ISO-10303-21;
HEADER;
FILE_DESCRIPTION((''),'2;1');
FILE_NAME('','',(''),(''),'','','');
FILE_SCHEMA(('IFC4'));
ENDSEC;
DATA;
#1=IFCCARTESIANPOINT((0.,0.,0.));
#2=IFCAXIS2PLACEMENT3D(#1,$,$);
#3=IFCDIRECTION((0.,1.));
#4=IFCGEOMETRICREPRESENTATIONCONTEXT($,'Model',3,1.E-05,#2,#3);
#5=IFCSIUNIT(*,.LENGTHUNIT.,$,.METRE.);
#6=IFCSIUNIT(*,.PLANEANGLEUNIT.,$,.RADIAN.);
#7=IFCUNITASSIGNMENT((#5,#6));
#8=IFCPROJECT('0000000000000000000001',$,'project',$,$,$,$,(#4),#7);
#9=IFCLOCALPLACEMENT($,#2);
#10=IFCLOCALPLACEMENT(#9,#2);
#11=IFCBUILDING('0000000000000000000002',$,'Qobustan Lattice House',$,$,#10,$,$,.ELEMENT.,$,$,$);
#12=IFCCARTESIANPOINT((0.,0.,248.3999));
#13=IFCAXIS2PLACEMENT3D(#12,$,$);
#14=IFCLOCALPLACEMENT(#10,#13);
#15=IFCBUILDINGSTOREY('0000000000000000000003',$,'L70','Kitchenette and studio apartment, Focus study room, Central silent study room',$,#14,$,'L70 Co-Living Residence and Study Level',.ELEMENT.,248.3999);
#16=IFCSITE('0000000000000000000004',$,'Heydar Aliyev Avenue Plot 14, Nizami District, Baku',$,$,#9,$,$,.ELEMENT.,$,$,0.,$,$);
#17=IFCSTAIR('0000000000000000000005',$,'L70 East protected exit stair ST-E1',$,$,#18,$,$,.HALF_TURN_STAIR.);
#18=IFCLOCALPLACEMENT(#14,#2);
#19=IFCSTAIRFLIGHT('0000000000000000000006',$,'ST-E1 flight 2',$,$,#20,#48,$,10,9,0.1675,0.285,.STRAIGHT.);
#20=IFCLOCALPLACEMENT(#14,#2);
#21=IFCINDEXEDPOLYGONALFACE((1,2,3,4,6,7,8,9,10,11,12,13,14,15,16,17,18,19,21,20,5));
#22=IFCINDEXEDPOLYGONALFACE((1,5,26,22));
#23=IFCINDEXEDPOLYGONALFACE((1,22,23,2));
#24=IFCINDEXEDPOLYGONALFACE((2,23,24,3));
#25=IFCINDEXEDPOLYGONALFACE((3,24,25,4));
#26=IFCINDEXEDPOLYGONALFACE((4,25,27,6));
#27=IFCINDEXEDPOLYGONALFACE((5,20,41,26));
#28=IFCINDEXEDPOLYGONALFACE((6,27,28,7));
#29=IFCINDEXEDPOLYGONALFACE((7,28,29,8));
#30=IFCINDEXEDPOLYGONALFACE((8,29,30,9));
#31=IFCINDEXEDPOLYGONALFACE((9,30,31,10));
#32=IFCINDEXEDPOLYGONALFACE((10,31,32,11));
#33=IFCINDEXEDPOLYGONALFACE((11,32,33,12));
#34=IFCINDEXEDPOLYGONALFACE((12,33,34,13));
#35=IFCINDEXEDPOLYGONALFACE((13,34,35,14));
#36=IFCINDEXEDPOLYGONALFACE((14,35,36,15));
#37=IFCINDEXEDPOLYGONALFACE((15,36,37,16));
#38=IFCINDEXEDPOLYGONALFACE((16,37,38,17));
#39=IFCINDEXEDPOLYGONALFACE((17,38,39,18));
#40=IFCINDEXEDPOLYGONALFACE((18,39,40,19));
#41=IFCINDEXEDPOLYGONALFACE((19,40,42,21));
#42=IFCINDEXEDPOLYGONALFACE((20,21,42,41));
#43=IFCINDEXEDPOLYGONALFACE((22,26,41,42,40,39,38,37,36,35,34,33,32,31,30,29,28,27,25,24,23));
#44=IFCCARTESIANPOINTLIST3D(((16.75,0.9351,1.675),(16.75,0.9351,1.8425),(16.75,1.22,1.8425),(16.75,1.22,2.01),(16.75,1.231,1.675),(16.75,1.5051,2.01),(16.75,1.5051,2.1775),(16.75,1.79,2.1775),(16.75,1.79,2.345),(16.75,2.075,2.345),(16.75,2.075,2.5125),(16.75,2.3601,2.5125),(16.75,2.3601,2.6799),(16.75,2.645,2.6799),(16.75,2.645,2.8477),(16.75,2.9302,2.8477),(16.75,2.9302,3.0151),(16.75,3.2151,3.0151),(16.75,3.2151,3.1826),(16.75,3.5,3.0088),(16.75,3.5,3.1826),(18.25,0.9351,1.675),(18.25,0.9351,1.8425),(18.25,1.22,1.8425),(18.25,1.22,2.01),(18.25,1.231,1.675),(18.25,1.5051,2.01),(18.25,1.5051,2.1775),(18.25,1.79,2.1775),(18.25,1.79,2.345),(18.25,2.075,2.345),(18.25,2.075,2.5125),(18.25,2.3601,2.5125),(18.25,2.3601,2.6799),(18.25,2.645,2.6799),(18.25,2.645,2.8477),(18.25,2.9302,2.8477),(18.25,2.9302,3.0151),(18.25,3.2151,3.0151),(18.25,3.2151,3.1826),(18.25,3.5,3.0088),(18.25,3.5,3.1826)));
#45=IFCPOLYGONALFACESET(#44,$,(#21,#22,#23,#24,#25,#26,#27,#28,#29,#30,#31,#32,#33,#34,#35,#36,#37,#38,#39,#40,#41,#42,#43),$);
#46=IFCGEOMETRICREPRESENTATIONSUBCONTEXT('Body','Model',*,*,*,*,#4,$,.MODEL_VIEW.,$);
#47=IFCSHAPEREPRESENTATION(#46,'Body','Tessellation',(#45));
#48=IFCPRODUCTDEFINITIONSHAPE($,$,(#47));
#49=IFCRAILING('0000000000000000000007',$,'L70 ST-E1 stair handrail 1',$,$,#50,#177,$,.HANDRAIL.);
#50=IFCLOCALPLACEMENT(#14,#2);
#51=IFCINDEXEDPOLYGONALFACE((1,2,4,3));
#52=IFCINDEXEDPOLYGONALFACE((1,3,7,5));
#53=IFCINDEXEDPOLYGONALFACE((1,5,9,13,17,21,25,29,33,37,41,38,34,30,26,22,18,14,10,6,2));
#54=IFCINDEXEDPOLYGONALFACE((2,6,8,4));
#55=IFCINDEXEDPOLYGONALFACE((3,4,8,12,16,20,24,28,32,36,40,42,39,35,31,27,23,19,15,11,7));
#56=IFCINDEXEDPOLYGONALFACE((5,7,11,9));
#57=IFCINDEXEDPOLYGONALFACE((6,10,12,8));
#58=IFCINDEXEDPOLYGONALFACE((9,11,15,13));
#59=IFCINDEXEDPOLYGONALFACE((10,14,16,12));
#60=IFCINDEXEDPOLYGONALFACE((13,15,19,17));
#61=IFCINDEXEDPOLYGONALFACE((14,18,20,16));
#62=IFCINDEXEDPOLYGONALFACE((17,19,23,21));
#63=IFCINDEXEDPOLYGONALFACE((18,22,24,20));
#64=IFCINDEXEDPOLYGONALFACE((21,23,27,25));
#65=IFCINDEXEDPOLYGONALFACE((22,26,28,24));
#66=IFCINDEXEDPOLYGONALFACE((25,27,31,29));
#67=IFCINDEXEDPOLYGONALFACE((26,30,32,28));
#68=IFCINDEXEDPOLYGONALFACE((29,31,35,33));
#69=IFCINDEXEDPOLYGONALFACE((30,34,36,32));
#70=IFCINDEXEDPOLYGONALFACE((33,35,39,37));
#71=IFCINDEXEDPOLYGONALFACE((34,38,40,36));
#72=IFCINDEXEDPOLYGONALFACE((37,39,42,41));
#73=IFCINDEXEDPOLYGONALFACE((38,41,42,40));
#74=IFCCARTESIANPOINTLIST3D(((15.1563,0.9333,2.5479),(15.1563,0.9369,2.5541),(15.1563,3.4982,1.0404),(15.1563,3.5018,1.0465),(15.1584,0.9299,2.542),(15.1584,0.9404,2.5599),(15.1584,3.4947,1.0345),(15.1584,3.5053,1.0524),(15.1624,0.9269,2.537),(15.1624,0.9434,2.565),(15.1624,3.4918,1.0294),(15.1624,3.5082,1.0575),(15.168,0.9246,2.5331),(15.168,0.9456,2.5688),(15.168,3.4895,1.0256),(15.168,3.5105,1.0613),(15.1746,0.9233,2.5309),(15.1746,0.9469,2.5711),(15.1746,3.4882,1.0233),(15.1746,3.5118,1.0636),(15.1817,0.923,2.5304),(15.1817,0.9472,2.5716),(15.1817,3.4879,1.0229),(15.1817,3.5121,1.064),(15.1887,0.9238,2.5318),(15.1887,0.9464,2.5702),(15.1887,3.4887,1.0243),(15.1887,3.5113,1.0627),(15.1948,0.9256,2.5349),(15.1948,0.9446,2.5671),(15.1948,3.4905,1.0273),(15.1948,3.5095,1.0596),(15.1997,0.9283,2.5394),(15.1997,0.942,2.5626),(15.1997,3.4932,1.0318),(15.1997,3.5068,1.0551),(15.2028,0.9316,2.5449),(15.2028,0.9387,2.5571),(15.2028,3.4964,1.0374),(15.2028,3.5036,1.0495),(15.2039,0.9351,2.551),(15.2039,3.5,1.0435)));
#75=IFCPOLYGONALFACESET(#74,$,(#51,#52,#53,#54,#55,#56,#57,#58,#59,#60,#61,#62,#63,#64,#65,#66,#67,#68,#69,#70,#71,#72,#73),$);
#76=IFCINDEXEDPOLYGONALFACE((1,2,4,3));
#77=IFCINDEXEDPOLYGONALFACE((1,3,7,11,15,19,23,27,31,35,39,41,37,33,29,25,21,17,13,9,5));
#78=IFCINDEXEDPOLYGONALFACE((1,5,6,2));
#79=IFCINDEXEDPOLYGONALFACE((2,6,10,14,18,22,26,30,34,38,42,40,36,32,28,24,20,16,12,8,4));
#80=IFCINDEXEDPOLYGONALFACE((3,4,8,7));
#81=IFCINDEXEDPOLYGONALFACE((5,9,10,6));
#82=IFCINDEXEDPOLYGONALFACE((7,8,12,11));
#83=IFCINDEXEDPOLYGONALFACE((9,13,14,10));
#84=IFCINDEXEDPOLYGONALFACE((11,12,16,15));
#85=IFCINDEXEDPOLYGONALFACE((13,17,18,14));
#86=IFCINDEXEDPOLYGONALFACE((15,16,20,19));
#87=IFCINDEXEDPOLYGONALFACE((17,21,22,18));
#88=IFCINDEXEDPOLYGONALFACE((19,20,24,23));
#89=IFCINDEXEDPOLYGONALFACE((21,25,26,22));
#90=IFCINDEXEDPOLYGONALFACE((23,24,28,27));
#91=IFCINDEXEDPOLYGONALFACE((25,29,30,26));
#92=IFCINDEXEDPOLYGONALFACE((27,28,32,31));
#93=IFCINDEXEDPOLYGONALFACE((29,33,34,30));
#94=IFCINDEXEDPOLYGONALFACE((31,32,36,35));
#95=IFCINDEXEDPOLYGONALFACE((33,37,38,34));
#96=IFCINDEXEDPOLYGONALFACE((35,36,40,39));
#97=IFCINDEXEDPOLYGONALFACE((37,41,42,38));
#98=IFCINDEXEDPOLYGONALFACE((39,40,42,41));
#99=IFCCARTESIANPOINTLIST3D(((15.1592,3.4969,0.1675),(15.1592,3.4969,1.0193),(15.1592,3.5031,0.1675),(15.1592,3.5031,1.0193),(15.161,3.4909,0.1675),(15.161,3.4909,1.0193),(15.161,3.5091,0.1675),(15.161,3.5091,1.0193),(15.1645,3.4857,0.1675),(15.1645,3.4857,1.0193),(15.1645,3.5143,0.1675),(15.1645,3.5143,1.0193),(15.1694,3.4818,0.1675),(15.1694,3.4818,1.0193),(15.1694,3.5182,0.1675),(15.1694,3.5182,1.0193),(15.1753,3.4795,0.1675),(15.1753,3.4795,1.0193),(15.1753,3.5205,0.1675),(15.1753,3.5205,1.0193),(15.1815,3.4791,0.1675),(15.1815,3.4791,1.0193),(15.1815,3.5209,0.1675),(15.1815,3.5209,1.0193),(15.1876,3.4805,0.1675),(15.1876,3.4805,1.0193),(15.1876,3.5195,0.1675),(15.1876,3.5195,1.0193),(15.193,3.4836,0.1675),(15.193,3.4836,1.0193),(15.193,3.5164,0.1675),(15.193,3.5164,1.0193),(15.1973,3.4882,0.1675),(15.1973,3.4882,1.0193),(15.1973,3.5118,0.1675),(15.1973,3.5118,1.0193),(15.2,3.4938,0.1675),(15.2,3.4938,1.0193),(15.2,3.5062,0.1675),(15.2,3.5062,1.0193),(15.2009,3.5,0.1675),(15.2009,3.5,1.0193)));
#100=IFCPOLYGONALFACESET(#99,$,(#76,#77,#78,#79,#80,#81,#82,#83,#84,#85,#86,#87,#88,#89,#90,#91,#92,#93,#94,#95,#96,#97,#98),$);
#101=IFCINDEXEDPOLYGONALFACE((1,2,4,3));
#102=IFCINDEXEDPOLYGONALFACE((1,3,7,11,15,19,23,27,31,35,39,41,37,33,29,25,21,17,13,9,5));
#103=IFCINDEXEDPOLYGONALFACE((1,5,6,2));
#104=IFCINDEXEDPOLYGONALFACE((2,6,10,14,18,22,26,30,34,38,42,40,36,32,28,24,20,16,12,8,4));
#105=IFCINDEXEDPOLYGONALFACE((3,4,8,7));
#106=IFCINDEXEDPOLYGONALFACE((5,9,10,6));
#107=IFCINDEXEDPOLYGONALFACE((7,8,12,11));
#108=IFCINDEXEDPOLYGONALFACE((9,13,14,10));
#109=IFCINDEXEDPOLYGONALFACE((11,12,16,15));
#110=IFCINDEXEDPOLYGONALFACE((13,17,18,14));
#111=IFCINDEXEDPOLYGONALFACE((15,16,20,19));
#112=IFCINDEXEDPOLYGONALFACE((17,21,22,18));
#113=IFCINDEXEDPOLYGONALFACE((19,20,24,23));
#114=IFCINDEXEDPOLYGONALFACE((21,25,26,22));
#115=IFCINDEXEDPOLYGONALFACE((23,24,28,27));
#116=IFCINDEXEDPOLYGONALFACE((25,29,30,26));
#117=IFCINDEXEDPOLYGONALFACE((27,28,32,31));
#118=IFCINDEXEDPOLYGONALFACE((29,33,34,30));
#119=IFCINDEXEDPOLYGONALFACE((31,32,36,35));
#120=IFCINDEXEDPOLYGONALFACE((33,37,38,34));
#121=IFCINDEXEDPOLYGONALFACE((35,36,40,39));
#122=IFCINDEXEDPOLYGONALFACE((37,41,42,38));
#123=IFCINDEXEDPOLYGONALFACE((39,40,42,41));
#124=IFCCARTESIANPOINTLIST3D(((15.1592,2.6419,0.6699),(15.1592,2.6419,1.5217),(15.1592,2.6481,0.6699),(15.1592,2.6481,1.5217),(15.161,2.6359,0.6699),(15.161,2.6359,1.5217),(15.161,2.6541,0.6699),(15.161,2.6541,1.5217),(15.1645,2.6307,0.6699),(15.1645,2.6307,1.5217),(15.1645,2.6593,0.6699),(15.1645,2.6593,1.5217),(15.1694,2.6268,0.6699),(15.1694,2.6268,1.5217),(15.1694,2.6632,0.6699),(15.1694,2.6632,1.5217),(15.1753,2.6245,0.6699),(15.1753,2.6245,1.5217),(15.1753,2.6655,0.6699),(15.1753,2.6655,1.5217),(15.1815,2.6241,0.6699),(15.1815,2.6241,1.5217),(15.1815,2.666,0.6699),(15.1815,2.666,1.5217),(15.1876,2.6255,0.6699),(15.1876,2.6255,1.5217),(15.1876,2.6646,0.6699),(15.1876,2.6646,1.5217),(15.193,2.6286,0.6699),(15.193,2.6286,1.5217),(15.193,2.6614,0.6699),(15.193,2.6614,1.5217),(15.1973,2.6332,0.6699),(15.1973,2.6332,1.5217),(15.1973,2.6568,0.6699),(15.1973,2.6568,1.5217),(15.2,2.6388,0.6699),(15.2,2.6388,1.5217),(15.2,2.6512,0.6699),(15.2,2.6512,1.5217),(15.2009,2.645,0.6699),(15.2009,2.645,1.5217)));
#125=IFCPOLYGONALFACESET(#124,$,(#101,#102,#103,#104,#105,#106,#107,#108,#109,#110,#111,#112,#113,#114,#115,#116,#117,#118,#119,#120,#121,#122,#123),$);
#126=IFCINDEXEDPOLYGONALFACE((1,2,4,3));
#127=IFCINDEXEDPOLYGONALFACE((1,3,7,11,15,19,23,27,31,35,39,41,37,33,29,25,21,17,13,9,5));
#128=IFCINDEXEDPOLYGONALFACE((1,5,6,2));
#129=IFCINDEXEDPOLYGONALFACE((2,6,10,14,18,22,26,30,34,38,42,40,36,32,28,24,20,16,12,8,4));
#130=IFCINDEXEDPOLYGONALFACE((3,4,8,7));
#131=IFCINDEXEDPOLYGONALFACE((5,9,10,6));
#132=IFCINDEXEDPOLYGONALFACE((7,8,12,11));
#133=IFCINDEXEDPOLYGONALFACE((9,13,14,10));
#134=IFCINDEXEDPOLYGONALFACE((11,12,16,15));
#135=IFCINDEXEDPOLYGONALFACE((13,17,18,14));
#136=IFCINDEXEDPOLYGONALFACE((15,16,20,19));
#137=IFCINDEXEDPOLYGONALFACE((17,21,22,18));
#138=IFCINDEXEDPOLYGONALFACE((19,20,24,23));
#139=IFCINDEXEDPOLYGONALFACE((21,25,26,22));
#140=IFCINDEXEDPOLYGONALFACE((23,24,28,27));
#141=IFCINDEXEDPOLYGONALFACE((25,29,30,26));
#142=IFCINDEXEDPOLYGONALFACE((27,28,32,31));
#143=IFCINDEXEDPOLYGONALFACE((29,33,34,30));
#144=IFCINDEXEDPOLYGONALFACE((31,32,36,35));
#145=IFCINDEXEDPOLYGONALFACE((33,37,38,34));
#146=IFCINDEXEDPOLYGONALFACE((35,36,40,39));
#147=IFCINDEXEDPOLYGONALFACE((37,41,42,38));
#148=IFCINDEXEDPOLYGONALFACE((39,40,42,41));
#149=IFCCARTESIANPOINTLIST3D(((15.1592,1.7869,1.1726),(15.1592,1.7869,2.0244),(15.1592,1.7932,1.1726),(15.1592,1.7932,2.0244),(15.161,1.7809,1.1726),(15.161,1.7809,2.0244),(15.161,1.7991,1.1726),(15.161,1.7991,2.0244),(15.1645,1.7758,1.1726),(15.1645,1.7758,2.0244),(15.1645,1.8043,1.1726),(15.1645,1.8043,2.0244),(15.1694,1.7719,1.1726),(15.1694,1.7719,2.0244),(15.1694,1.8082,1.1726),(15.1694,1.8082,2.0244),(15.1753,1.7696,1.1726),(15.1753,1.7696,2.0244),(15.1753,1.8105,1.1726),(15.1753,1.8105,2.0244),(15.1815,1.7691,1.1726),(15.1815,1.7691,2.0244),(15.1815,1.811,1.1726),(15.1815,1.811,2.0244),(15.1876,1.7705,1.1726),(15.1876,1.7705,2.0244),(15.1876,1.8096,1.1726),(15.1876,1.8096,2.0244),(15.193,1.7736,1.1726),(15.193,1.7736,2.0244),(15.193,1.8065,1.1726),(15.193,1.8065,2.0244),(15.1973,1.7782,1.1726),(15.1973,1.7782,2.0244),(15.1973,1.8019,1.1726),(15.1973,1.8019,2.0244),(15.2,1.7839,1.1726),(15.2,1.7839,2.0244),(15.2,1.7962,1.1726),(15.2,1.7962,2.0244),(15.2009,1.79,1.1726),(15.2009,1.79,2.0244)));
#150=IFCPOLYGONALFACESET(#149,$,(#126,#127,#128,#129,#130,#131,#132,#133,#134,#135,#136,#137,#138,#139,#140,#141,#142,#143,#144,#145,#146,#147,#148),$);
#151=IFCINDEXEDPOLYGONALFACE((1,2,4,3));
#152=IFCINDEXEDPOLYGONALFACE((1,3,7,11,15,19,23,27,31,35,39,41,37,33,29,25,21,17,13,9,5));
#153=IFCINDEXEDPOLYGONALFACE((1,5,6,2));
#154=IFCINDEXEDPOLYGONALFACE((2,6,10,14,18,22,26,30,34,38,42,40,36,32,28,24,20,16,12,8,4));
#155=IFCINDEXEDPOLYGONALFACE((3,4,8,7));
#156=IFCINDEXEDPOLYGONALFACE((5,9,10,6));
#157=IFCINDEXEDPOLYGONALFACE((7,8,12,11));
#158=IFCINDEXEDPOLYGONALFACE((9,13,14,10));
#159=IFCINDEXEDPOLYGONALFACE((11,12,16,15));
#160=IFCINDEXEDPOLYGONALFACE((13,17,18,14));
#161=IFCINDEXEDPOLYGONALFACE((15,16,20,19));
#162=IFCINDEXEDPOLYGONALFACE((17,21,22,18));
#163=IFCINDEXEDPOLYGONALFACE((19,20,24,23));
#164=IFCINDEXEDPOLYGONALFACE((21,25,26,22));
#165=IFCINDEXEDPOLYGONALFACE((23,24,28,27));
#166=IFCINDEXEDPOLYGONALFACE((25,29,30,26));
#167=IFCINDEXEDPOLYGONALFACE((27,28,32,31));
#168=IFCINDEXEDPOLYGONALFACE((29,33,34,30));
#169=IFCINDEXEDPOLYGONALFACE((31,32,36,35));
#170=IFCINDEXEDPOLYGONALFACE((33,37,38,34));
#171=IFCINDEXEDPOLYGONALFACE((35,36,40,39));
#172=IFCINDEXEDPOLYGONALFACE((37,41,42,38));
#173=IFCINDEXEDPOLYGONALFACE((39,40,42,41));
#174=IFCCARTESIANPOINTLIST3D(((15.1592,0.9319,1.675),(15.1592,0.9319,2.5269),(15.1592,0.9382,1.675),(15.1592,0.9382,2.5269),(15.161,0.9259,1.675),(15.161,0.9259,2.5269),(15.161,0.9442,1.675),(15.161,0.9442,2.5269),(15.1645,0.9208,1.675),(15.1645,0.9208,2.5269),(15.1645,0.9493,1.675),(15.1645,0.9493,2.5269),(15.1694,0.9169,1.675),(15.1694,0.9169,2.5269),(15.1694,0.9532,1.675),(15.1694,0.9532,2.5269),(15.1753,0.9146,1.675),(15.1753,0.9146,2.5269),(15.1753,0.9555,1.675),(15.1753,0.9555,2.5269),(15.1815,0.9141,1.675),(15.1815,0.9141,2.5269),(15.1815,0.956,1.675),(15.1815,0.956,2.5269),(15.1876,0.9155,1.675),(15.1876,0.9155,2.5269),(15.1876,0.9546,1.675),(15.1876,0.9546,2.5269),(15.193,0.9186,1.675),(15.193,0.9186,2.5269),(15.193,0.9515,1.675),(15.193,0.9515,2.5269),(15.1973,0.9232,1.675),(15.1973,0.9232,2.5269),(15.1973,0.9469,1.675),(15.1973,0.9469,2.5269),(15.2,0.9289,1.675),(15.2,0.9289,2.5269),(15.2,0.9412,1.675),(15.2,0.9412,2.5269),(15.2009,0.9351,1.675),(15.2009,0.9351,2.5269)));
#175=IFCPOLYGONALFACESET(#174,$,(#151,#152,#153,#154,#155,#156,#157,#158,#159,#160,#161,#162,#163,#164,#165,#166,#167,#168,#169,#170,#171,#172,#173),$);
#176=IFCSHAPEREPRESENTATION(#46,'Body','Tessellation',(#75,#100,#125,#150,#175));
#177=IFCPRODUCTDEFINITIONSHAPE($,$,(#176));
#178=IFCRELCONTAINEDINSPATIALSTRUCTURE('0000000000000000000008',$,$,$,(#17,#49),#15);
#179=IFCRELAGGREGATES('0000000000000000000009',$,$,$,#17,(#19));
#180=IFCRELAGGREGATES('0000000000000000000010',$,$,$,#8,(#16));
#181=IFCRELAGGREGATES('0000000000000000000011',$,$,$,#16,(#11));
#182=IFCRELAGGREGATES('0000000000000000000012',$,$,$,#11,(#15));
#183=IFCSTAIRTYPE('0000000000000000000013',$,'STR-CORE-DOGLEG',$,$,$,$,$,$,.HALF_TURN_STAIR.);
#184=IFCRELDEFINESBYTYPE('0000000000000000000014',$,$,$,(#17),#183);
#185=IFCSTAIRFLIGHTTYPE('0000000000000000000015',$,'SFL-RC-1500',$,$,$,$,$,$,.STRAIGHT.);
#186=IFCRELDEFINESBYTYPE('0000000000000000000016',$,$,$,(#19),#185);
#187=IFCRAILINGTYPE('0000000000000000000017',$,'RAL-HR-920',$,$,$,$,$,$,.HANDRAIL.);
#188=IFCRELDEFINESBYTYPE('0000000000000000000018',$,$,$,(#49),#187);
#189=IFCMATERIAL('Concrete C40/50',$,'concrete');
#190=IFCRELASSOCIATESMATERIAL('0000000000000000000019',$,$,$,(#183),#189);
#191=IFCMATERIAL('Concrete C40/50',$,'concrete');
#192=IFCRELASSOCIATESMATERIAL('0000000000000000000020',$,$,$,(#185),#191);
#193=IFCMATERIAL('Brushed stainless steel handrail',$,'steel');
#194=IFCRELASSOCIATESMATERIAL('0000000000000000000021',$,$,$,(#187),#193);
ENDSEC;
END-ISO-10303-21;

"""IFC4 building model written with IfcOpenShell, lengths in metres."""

from ifc_helpers import new_model, si_unit, direction, frame, origin, origin_2d, place, context, subcontext, project, spatial, polyline, circle, outline, extrude, material, type_object, element, aggregate, save


model = new_model("IFC4")

# Units and contexts
model_context = context("Model", 3, precision=1e-05, world=origin(), true_north=direction((0.0, 1.0)))
body_context = subcontext(model_context, "Body", "Model", "MODEL_VIEW")
ifc_project = project(units=[si_unit("LENGTHUNIT", "METRE"), si_unit("PLANEANGLEUNIT", "RADIAN")], contexts=[model_context])

# Site, building, storey
site_placement = place(None, origin())
site = spatial("IfcSite", under=ifc_project, at=site_placement, Name="Heydar Aliyev Avenue Plot 14, Nizami District, Baku", CompositionType="ELEMENT", RefElevation=0.0)
building_placement = place(site_placement, origin())
building = spatial("IfcBuilding", under=site, at=building_placement, Name="Qobustan Lattice House", CompositionType="ELEMENT")
storey_placement = place(building_placement, frame((0.0, 0.0, 248.3999)))
storey = spatial("IfcBuildingStorey", under=building, at=storey_placement, Name="L70", Description="Kitchenette and studio apartment, Focus study room, Central silent study room", LongName="L70 Co-Living Residence and Study Level", CompositionType="ELEMENT", Elevation=248.3999)

# Stair, stair flight
ifc_material_1 = material(Name="Concrete C40/50", Category="concrete")
stair_type = type_object("IfcStairType", Name="STR-CORE-DOGLEG", PredefinedType="HALF_TURN_STAIR", material=ifc_material_1)
stair_placement = place(storey_placement, origin())
stair = element("IfcStair", 1, at=stair_placement, inside=storey, type_object=stair_type, Name="L70 East protected exit stair ST-E1", PredefinedType="HALF_TURN_STAIR")
ifc_material_2 = material(Name="Concrete C40/50", Category="concrete")
stair_flight_type = type_object("IfcStairFlightType", Name="SFL-RC-1500", PredefinedType="STRAIGHT", material=ifc_material_2)
stair_flight_1_placement = place(storey_placement, frame((17.5, 0.9351, 1.675), z_axis=(0.0, 0.0, 1.0), x_axis=(0.0, 1.0, 0.0)))
stair_flight_1 = element("IfcStairFlight", 2, at=stair_flight_1_placement, type_object=stair_flight_type, Name="ST-E1 flight 2", NumberOfRisers=10, NumberOfTreads=9, PredefinedType="STRAIGHT", RiserHeight=0.1675, TreadLength=0.285, context=body_context, shape_type="SweptSolid", body=[
    extrude(outline(polyline([(0.0, 0.0), (0.0, 0.1675), (0.2849, 0.1675), (0.2849, 0.335), (0.5701, 0.335), (0.5701, 0.5024), (0.855, 0.5024), (0.855, 0.6699), (1.1399, 0.6699), (1.1399, 0.8374), (1.425, 0.8374), (1.425, 1.0049), (1.71, 1.0049), (1.71, 1.1726), (1.9951, 1.1726), (1.9951, 1.3401), (2.28, 1.3401), (2.28, 1.5076), (2.5649, 1.5076), (2.5649, 1.675), (2.5649, 1.3337), (0.2959, 0.0), (0.0, 0.0)])), frame((0.0, 0.75, 0.0), z_axis=(0.0, -1.0, 0.0), x_axis=(1.0, 0.0, 0.0)), (0.0, 0.0, 1.0), 1.5),
])
aggregate(stair, [stair_flight_1])

# Railing
ifc_material_3 = material(Name="Brushed stainless steel handrail", Category="steel")
railing_type_1 = type_object("IfcRailingType", Name="RAL-HR-920", PredefinedType="HANDRAIL", material=ifc_material_3)
railing_1_placement = place(storey_placement, frame((15.1799, 3.5, 0.1675)))
element("IfcRailing", 3, at=railing_1_placement, inside=storey, type_object=railing_type_1, Name="L70 ST-E1 stair handrail 1", PredefinedType="HANDRAIL", context=body_context, shape_type="SweptSolid", body=[
    extrude(circle(Radius=0.0239, at=origin_2d()), frame((0.0, 0.0, 0.876), z_axis=(0.0, -0.862113, 0.506715), x_axis=(1.0, 0.0, 0.0)), (0.0, 0.0, 1.0), 2.9751),
    extrude(circle(Radius=0.021, at=origin_2d()), origin(), (0.0, 0.0, 1.0), 0.8518),
    extrude(circle(Radius=0.021, at=origin_2d()), frame((0.0, -0.855, 0.5024)), (0.0, 0.0, 1.0), 0.8518),
    extrude(circle(Radius=0.021, at=origin_2d()), frame((0.0, -1.71, 1.0051)), (0.0, 0.0, 1.0), 0.8518),
    extrude(circle(Radius=0.021, at=origin_2d()), frame((0.0, -2.5649, 1.5076)), (0.0, 0.0, 1.0), 0.8518),
])

save(model, "model.ifc")
